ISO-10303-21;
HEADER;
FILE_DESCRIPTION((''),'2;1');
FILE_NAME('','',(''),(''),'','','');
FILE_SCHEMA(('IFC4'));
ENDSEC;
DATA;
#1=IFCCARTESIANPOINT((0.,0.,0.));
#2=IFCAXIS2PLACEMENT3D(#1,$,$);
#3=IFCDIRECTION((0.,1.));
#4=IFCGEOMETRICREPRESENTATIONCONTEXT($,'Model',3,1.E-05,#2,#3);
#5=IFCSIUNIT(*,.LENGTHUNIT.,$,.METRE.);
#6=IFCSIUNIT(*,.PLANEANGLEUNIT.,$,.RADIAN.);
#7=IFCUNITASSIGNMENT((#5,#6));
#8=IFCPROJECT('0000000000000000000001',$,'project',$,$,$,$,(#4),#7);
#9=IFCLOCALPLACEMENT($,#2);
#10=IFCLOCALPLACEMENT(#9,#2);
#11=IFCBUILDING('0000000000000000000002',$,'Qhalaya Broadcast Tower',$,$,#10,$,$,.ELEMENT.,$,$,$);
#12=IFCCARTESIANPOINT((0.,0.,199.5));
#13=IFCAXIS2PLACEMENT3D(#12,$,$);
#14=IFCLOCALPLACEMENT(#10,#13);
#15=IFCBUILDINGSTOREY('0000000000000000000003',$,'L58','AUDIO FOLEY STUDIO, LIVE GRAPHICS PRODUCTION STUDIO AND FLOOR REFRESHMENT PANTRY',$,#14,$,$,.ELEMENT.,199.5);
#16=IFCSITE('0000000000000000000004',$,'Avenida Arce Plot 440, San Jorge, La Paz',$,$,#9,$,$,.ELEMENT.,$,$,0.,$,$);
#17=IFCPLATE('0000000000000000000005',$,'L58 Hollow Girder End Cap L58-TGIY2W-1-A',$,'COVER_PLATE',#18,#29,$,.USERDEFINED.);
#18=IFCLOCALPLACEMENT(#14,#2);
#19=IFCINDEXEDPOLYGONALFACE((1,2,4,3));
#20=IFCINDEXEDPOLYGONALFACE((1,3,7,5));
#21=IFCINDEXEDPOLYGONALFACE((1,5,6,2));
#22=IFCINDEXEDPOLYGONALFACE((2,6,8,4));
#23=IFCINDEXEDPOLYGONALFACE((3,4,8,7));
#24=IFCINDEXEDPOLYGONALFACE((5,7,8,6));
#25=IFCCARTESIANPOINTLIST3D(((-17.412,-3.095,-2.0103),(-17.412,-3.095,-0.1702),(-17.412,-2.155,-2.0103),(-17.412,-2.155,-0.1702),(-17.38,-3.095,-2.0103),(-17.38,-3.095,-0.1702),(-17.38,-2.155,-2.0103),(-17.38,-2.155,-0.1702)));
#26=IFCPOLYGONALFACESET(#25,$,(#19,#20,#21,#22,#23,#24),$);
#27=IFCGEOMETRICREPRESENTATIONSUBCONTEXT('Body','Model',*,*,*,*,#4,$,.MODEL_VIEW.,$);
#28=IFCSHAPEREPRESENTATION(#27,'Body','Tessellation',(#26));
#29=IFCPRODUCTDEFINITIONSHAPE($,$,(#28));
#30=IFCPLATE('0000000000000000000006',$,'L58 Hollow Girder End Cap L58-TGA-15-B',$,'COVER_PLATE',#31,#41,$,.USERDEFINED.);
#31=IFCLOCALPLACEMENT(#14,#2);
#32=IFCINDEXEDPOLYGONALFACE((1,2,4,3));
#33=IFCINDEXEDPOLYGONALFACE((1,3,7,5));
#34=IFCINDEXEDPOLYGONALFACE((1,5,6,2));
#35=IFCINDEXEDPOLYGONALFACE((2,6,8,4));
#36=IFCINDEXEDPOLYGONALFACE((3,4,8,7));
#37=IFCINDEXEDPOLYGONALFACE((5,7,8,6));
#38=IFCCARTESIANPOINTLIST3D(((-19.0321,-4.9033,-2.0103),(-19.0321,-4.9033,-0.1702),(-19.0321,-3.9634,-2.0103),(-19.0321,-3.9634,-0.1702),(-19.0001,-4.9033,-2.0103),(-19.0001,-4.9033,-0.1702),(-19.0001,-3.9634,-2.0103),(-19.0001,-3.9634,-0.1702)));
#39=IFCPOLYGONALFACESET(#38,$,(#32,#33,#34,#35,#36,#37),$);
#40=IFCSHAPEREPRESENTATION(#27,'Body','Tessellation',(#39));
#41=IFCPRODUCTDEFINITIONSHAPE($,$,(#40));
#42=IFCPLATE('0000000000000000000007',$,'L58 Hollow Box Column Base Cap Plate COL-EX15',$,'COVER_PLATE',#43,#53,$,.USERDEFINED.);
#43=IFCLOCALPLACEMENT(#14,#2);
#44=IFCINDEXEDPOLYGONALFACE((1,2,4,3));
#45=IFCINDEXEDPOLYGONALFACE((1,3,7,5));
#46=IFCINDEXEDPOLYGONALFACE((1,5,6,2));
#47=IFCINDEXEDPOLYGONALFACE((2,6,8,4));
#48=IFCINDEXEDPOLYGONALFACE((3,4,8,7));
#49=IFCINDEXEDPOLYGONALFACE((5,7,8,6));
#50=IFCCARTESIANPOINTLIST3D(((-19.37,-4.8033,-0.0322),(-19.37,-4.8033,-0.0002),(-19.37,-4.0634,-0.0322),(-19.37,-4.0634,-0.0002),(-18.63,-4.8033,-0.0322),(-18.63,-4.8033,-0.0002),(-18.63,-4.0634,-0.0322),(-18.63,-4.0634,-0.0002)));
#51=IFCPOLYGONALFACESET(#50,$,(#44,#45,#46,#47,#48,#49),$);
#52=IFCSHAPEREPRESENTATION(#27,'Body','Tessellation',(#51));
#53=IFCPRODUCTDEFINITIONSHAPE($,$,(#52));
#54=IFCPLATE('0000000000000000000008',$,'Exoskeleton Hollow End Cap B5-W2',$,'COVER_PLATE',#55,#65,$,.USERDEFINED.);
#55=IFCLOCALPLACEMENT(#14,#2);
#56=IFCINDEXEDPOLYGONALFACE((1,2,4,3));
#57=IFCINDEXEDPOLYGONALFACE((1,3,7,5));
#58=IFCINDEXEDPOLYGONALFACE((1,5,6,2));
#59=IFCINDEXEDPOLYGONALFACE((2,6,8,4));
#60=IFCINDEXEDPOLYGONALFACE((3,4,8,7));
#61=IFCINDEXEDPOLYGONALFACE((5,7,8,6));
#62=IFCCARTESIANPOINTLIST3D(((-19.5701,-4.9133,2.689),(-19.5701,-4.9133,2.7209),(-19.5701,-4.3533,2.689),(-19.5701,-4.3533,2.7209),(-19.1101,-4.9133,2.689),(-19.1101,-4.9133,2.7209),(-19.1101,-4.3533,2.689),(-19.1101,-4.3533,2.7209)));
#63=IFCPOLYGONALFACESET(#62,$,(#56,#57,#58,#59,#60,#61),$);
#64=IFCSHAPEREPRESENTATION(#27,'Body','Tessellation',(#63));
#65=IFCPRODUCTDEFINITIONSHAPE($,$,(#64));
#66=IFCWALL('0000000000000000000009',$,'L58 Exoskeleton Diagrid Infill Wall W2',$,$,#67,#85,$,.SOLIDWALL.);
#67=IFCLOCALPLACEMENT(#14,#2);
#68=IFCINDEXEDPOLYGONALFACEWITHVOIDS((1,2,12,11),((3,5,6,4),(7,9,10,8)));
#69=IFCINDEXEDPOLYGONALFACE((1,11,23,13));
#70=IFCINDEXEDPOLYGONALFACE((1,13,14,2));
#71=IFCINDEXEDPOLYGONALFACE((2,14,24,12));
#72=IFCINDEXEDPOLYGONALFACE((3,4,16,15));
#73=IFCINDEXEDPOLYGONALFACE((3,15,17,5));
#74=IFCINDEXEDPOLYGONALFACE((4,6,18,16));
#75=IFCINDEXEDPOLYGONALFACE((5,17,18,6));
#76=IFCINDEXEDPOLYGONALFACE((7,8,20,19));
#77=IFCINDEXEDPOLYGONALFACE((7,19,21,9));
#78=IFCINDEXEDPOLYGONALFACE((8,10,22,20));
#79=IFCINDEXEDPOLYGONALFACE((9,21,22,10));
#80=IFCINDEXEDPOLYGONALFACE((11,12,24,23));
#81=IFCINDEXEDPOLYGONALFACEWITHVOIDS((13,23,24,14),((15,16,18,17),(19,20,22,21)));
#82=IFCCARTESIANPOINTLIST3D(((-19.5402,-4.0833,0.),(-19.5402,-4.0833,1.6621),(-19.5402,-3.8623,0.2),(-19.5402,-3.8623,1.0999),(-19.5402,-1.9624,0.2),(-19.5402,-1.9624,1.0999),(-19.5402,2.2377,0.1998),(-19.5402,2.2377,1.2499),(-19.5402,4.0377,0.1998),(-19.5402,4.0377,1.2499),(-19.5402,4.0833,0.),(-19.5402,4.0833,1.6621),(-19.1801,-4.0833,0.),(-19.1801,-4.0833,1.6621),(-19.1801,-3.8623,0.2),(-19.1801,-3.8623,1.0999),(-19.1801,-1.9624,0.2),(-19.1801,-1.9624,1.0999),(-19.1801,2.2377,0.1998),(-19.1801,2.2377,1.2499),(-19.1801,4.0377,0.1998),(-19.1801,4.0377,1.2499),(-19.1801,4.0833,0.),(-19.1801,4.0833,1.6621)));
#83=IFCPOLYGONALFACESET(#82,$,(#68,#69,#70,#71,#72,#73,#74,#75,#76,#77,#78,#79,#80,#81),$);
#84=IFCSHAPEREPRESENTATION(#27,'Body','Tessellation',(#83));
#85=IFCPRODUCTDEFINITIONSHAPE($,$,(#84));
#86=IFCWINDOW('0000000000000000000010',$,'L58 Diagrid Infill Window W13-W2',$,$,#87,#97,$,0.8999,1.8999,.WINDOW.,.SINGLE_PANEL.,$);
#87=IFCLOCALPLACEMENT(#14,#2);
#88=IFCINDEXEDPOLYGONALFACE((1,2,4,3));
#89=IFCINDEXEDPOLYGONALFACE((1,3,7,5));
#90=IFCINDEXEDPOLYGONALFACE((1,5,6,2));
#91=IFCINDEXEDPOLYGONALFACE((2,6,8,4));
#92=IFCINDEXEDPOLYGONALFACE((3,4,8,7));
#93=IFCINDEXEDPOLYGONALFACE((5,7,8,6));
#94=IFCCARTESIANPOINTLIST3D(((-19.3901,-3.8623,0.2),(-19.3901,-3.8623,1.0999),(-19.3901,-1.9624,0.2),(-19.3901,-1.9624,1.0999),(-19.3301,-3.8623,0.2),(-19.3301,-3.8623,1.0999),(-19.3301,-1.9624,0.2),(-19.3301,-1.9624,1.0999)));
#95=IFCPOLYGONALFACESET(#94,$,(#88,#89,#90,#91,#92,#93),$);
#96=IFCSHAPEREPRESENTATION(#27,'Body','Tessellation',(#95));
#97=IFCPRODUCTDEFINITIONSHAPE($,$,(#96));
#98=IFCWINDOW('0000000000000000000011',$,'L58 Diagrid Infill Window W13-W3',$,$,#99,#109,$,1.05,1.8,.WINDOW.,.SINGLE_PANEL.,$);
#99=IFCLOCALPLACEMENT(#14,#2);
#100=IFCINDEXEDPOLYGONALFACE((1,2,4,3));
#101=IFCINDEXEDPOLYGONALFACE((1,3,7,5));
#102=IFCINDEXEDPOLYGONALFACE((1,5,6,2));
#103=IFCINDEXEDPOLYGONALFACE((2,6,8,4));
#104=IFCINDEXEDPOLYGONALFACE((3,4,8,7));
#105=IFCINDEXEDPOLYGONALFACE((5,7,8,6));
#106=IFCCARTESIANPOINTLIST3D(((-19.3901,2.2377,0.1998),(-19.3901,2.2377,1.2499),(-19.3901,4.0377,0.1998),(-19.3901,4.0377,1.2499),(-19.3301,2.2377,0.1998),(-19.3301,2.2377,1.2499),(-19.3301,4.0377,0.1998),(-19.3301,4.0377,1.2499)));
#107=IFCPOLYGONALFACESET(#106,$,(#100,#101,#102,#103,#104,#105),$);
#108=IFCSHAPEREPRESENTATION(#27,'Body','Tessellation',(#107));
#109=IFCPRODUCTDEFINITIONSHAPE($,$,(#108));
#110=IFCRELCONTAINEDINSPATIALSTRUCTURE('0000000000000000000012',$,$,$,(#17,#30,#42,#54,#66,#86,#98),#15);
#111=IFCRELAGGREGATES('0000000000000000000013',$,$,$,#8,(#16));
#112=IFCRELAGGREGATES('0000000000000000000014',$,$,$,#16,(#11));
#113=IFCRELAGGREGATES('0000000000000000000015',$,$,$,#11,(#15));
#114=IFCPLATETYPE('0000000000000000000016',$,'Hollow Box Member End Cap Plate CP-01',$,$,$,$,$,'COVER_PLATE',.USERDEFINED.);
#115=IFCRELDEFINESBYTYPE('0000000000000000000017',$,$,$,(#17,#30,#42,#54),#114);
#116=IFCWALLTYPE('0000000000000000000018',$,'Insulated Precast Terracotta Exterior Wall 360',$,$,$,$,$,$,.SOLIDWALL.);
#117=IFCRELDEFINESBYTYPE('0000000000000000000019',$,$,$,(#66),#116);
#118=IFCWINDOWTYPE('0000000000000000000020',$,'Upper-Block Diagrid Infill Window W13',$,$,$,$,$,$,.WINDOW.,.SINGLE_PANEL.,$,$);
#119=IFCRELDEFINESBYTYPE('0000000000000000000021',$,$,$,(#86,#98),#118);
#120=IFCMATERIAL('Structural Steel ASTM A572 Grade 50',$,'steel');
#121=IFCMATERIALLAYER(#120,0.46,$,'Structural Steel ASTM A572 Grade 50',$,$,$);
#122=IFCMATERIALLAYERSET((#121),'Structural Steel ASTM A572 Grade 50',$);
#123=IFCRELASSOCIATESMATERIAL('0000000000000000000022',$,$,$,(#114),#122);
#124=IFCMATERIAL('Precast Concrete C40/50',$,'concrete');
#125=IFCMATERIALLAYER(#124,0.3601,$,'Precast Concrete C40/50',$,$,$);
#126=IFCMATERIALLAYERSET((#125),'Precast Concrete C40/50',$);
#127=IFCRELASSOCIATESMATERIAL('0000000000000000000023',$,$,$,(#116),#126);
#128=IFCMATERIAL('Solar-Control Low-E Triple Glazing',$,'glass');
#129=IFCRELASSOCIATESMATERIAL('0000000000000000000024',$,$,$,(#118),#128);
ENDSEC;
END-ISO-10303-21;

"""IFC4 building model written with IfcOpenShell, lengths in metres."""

from ifc_helpers import new_model, si_unit, direction, frame, frame_2d, origin, origin_2d, place, context, subcontext, project, spatial, rectangle, extrude, material, layer, layer_set, type_object, element, fill, save


model = new_model("IFC4")

# Units and contexts
model_context = context("Model", 3, precision=1e-05, world=origin(), true_north=direction((0.0, 1.0)))
body_context = subcontext(model_context, "Body", "Model", "MODEL_VIEW")
ifc_project = project(units=[si_unit("LENGTHUNIT", "METRE"), si_unit("PLANEANGLEUNIT", "RADIAN")], contexts=[model_context])

# Site, building, storey
site_placement = place(None, origin())
site = spatial("IfcSite", under=ifc_project, at=site_placement, Name="Avenida Arce Plot 440, San Jorge, La Paz", CompositionType="ELEMENT", RefElevation=0.0)
building_placement = place(site_placement, origin())
building = spatial("IfcBuilding", under=site, at=building_placement, Name="Qhalaya Broadcast Tower", CompositionType="ELEMENT")
storey_placement = place(building_placement, frame((0.0, 0.0, 199.5)))
storey = spatial("IfcBuildingStorey", under=building, at=storey_placement, Name="L58", Description="AUDIO FOLEY STUDIO, LIVE GRAPHICS PRODUCTION STUDIO AND FLOOR REFRESHMENT PANTRY", CompositionType="ELEMENT", Elevation=199.5)

# Shared definitions
ifc_material_1 = material(Name="Structural Steel ASTM A572 Grade 50", Category="steel")

# Plates
ifc_layer_1 = layer(ifc_material_1, 0.46, Name="Structural Steel ASTM A572 Grade 50")
ifc_layer_set_1 = layer_set([ifc_layer_1], Name="Structural Steel ASTM A572 Grade 50")
plate_type_1 = type_object("IfcPlateType", Name="Hollow Box Member End Cap Plate CP-01", ElementType="COVER_PLATE", PredefinedType="USERDEFINED", material=ifc_layer_set_1)
for number, where, z_axis, x_axis, name in (
    (1, (-17.396, -2.625, -2.0103), (0.0, 0.0, 1.0), (0.0, 1.0, 0.0), "L58 Hollow Girder End Cap L58-TGIY2W-1-A"),
    (2, (-19.0161, -4.4333, -2.0103), (0.0, 0.0, 1.0), (0.0, -1.0, 0.0), "L58 Hollow Girder End Cap L58-TGA-15-B"),
):
    element("IfcPlate", number, at=place(storey_placement, frame(where, z_axis=z_axis, x_axis=x_axis)), inside=storey, type_object=plate_type_1, Name=name, ObjectType="COVER_PLATE", PredefinedType="USERDEFINED", context=body_context, shape_type="SweptSolid", body=[
        extrude(rectangle(XDim=0.9399, YDim=0.032, at=origin_2d()), origin(), (0.0, 0.0, 1.0), 1.8401),
    ])
plate_1_placement = place(storey_placement, frame((-19.0, -4.4333, -0.0322), z_axis=(0.0, 0.0, 1.0), x_axis=(0.0, 1.0, 0.0)))
element("IfcPlate", 3, at=plate_1_placement, inside=storey, type_object=plate_type_1, Name="L58 Hollow Box Column Base Cap Plate COL-EX15", ObjectType="COVER_PLATE", PredefinedType="USERDEFINED", context=body_context, shape_type="SweptSolid", body=[
    extrude(rectangle(XDim=0.74, YDim=0.74, at=origin_2d()), origin(), (0.0, 0.0, 1.0), 0.032),
])
plate_2_placement = place(storey_placement, frame((-19.3401, -4.6333, 2.689), z_axis=(0.0, 0.0, 1.0), x_axis=(0.0, 1.0, 0.0)))
element("IfcPlate", 4, at=plate_2_placement, inside=storey, type_object=plate_type_1, Name="Exoskeleton Hollow End Cap B5-W2", ObjectType="COVER_PLATE", PredefinedType="USERDEFINED", context=body_context, shape_type="SweptSolid", body=[
    extrude(rectangle(XDim=0.5601, YDim=0.46, at=origin_2d()), origin(), (0.0, 0.0, 1.0), 0.032),
])

# Wall, openings, windows
ifc_material_2 = material(Name="Precast Concrete C40/50", Category="concrete")
ifc_layer_2 = layer(ifc_material_2, 0.3601, Name="Precast Concrete C40/50")
ifc_layer_set_2 = layer_set([ifc_layer_2], Name="Precast Concrete C40/50")
wall_type_1 = type_object("IfcWallType", Name="Insulated Precast Terracotta Exterior Wall 360", PredefinedType="SOLIDWALL", material=ifc_layer_set_2)
wall_1_placement = place(storey_placement, frame((-19.3601, -4.0833, 0.0), z_axis=(0.0, 0.0, 1.0), x_axis=(0.0, 1.0, 0.0)))
wall_1 = element("IfcWall", 5, at=wall_1_placement, inside=storey, type_object=wall_type_1, Name="L58 Exoskeleton Diagrid Infill Wall W2", PredefinedType="SOLIDWALL", context=body_context, shape_type="SweptSolid", body=[
    extrude(rectangle(XDim=8.1665, YDim=0.3601, at=frame_2d((4.0833, 0.0))), origin(), (0.0, 0.0, 1.0), 1.6621),
])
opening_1_placement = place(wall_1_placement, frame((0.2209, 0.0, 0.2)))
opening_1 = element("IfcOpeningElement", 6, at=opening_1_placement, cuts=wall_1, PredefinedType="OPENING", context=body_context, shape_type="SweptSolid", body=[
    extrude(rectangle(XDim=1.8999, YDim=0.8999, at=frame_2d((0.95, 0.45))), frame((0.0, 0.1921, 0.0), z_axis=(0.0, -1.0, 0.0), x_axis=(1.0, 0.0, 0.0)), (0.0, 0.0, 1.0), 0.384),
])
opening_2_placement = place(wall_1_placement, frame((6.321, 0.0, 0.2)))
opening_2 = element("IfcOpeningElement", 7, at=opening_2_placement, cuts=wall_1, PredefinedType="OPENING", context=body_context, shape_type="SweptSolid", body=[
    extrude(rectangle(XDim=1.8, YDim=1.05, at=frame_2d((0.8999, 0.5249))), frame((0.0, 0.1921, 0.0), z_axis=(0.0, -1.0, 0.0), x_axis=(1.0, 0.0, 0.0)), (0.0, 0.0, 1.0), 0.384),
])
ifc_material_3 = material(Name="Solar-Control Low-E Triple Glazing", Category="glass")
window_type = type_object("IfcWindowType", Name="Upper-Block Diagrid Infill Window W13", PartitioningType="SINGLE_PANEL", PredefinedType="WINDOW", material=ifc_material_3)
window_1_placement = place(opening_1_placement, origin())
window_1 = element("IfcWindow", 8, at=window_1_placement, inside=storey, type_object=window_type, Name="L58 Diagrid Infill Window W13-W2", OverallHeight=0.8999, OverallWidth=1.8999, PartitioningType="SINGLE_PANEL", PredefinedType="WINDOW", context=body_context, shape_type="SweptSolid", body=[
    extrude(rectangle(XDim=1.8999, YDim=0.8999, at=frame_2d((0.95, 0.45))), frame((0.0, 0.03, 0.0), z_axis=(0.0, -1.0, 0.0), x_axis=(1.0, 0.0, 0.0)), (0.0, 0.0, 1.0), 0.0601),
])
fill(opening_1, window_1)
window_2_placement = place(opening_2_placement, origin())
window_2 = element("IfcWindow", 9, at=window_2_placement, inside=storey, type_object=window_type, Name="L58 Diagrid Infill Window W13-W3", OverallHeight=1.05, OverallWidth=1.8, PartitioningType="SINGLE_PANEL", PredefinedType="WINDOW", context=body_context, shape_type="SweptSolid", body=[
    extrude(rectangle(XDim=1.8, YDim=1.05, at=frame_2d((0.8999, 0.5249))), frame((0.0, 0.03, 0.0), z_axis=(0.0, -1.0, 0.0), x_axis=(1.0, 0.0, 0.0)), (0.0, 0.0, 1.0), 0.0601),
])
fill(opening_2, window_2)

save(model, "model.ifc")
